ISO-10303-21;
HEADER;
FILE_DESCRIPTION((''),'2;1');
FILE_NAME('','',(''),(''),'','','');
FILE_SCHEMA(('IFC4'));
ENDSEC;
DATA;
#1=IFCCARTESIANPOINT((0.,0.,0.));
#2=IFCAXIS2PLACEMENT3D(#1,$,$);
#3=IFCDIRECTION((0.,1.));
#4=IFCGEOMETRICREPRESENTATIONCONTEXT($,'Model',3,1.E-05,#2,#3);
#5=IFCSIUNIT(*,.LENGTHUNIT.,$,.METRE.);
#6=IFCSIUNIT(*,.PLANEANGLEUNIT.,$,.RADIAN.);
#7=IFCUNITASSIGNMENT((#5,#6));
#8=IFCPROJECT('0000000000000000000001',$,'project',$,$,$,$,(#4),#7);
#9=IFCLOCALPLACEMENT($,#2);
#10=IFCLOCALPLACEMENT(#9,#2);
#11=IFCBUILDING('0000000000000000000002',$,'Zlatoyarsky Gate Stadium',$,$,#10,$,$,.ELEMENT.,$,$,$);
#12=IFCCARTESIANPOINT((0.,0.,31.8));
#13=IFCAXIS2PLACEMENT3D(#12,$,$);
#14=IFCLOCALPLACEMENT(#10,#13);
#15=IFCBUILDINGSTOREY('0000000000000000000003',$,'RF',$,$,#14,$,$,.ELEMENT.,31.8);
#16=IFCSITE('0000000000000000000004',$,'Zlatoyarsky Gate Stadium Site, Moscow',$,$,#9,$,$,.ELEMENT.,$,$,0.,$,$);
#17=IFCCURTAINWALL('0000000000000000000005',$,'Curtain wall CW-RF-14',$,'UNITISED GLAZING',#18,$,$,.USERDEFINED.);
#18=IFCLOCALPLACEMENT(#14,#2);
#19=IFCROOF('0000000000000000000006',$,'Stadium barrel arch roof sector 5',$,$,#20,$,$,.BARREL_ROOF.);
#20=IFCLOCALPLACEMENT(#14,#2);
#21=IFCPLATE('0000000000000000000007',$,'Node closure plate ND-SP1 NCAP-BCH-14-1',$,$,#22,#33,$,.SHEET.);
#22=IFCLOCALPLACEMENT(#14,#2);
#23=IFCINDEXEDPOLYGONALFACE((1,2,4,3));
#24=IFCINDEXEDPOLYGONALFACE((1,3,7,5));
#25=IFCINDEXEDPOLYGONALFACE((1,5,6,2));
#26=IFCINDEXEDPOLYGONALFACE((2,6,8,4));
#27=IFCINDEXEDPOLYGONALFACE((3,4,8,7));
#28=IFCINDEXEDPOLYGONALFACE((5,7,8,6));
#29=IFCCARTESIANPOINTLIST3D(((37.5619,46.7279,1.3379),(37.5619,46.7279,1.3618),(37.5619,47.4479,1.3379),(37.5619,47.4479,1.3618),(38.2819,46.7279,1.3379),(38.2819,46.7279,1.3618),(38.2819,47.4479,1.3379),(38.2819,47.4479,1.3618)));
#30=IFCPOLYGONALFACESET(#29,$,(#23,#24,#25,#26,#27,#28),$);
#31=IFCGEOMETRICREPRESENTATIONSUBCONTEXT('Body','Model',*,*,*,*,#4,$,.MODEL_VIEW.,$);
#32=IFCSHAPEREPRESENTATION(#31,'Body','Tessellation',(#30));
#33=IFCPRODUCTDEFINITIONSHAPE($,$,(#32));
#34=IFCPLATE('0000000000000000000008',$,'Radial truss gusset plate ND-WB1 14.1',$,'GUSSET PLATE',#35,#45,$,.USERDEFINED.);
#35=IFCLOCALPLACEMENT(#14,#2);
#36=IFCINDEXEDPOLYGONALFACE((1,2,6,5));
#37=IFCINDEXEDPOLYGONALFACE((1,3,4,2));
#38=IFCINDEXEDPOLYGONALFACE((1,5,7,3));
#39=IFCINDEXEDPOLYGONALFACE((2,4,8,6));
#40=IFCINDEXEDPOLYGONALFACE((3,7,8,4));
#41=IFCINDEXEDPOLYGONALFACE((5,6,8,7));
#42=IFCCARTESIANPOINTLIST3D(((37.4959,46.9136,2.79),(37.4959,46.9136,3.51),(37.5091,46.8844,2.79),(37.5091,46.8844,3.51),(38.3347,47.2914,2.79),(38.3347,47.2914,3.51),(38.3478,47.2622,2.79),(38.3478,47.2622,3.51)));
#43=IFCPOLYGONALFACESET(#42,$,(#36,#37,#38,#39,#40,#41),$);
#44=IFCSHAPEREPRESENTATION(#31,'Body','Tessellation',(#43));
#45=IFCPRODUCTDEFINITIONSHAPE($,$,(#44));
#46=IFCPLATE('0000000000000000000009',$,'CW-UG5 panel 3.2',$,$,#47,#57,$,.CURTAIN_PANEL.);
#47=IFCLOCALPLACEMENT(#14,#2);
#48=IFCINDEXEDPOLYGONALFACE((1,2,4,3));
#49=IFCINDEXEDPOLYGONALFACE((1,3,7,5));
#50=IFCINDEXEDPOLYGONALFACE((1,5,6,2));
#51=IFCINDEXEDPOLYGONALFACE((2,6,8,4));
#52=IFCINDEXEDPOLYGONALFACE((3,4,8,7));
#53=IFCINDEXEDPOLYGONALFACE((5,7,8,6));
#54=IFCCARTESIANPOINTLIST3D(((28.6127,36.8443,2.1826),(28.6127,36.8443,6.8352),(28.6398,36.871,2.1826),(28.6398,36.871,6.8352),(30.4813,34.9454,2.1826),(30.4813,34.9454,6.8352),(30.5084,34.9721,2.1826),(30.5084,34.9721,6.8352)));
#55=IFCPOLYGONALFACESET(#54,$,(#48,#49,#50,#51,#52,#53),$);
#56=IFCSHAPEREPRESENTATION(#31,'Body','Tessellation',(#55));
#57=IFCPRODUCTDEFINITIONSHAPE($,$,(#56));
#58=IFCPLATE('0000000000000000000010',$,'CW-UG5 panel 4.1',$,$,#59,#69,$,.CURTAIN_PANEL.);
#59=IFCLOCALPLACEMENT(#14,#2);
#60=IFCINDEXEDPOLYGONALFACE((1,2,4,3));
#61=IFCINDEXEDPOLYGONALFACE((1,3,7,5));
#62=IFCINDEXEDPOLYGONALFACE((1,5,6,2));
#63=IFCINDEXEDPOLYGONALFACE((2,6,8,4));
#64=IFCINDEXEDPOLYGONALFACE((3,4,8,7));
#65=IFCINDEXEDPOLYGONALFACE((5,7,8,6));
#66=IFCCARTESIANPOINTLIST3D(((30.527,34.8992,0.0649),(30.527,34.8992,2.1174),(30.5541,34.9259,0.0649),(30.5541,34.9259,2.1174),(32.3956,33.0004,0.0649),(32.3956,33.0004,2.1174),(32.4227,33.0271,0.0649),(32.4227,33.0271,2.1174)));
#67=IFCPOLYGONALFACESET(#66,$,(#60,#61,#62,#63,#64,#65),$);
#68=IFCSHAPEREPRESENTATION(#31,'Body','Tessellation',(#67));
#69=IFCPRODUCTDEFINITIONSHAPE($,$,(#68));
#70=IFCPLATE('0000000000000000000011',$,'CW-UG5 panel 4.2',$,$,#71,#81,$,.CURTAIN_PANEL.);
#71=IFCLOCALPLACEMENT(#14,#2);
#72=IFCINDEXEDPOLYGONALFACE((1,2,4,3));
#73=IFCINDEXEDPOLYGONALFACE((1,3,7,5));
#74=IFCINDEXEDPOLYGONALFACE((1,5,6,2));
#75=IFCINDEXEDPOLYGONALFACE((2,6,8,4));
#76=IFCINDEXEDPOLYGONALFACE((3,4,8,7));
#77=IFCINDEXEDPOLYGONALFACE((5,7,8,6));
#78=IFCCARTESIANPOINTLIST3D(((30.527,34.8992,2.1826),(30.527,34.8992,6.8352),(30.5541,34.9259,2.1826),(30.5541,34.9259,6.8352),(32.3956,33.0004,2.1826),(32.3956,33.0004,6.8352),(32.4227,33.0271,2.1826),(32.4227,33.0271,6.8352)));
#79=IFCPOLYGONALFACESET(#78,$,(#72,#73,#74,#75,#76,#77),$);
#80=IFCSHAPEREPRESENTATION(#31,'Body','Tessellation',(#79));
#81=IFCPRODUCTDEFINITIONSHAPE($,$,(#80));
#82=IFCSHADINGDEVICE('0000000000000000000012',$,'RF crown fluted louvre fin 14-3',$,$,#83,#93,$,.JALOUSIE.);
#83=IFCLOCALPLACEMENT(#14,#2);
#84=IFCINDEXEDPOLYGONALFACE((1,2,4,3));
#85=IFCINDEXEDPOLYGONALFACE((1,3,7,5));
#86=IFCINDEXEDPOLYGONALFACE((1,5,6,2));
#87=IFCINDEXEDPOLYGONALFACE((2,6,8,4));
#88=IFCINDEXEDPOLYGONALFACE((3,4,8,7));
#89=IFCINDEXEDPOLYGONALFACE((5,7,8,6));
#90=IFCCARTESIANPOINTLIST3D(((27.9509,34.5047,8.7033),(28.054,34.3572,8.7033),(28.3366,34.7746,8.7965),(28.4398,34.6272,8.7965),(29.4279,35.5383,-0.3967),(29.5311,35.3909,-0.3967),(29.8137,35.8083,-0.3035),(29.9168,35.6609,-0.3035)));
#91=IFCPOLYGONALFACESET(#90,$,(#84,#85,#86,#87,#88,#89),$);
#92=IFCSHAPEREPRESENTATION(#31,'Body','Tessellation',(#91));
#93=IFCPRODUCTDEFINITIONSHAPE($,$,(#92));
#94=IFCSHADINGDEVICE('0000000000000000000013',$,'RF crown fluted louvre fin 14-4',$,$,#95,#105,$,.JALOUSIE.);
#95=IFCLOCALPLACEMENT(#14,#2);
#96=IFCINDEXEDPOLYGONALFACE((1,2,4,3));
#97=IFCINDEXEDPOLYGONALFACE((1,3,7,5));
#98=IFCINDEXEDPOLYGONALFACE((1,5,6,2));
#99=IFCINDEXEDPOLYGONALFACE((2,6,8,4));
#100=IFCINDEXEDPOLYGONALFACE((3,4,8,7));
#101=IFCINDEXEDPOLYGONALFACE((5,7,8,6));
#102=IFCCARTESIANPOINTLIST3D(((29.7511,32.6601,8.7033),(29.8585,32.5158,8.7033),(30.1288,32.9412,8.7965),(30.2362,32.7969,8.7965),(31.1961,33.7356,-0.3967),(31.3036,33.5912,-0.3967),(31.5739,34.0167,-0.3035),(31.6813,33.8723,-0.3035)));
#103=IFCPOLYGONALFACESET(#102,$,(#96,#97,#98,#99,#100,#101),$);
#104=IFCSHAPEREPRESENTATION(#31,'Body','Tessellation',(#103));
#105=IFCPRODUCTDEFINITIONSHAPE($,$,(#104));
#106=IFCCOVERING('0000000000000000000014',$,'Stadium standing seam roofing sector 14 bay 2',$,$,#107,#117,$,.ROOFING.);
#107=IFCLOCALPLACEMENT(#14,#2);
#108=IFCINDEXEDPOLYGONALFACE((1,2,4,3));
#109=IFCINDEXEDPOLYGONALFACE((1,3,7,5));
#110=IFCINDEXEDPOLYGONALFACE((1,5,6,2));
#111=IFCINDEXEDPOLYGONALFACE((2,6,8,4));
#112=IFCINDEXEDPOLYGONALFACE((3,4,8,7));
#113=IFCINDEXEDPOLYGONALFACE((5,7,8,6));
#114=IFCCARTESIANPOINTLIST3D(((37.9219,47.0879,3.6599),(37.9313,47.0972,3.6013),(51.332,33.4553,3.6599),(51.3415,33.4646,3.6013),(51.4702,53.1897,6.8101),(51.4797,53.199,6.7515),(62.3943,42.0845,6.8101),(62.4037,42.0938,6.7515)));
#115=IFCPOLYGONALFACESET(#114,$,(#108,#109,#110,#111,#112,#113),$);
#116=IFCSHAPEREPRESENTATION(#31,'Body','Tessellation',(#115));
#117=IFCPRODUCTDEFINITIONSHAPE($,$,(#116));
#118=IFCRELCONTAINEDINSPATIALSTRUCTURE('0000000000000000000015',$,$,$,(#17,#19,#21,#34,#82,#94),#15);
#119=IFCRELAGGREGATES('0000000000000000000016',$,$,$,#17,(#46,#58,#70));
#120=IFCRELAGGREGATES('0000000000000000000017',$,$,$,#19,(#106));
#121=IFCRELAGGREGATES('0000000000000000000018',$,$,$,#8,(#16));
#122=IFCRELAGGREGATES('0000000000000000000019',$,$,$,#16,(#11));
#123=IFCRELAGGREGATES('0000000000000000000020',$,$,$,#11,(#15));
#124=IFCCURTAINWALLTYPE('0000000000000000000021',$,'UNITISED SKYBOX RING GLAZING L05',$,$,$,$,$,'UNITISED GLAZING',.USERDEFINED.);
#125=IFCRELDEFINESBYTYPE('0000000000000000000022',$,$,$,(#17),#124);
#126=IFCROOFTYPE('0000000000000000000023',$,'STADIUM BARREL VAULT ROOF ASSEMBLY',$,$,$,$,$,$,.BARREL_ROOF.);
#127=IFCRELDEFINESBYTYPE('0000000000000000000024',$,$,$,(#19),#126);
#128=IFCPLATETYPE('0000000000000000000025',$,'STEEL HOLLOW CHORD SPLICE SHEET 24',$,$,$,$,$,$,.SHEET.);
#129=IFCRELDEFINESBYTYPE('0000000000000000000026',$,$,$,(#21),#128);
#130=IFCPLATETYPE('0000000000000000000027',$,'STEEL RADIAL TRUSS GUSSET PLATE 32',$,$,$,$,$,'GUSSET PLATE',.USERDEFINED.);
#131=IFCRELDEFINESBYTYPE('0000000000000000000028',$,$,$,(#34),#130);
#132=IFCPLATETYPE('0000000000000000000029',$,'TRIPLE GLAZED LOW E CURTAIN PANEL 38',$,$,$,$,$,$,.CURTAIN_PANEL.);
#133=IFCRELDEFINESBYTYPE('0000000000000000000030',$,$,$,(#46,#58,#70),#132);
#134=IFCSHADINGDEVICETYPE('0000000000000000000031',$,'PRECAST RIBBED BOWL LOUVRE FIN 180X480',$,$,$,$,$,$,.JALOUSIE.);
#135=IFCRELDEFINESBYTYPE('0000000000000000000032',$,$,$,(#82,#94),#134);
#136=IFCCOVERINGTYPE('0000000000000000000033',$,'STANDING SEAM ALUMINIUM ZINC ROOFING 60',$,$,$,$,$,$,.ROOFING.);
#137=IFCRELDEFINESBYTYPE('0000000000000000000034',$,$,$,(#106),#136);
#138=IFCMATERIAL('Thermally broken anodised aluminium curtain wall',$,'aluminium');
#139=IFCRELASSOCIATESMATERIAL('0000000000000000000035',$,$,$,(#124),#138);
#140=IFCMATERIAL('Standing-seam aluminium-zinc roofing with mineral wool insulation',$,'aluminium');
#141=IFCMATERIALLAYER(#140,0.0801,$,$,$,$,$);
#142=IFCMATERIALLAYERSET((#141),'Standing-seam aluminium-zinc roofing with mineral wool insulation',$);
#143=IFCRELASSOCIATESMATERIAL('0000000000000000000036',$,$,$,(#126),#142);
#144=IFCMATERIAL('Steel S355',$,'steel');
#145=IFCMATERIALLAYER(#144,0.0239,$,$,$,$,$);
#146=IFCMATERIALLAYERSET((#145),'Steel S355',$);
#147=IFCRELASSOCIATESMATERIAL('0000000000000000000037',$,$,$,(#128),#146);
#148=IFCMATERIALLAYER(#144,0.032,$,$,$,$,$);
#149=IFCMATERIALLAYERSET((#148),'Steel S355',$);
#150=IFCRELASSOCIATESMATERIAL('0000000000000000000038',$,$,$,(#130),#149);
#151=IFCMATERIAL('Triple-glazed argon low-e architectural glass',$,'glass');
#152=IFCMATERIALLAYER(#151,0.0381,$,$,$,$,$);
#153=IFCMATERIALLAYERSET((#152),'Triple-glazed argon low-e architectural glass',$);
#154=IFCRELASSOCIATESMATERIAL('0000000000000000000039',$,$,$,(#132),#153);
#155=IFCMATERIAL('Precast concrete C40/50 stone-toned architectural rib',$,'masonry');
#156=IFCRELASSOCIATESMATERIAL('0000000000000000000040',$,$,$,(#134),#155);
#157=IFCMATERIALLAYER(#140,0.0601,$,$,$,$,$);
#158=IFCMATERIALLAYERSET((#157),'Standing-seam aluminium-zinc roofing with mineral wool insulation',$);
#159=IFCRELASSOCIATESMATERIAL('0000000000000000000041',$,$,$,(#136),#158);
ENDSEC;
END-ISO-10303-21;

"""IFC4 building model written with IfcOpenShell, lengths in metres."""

from ifc_helpers import new_model, si_unit, direction, frame, origin, origin_2d, place, context, subcontext, project, spatial, polyline, rectangle, outline, extrude, material, layer, layer_set, material_profile, profile_set, type_object, element, aggregate, save


model = new_model("IFC4")

# Units and contexts
model_context = context("Model", 3, precision=1e-05, world=origin(), true_north=direction((0.0, 1.0)))
body_context = subcontext(model_context, "Body", "Model", "MODEL_VIEW")
ifc_project = project(units=[si_unit("LENGTHUNIT", "METRE"), si_unit("PLANEANGLEUNIT", "RADIAN")], contexts=[model_context])

# Site, building, storey
site_placement = place(None, origin())
site = spatial("IfcSite", under=ifc_project, at=site_placement, Name="Zlatoyarsky Gate Stadium Site, Moscow", CompositionType="ELEMENT", RefElevation=0.0)
building_placement = place(site_placement, origin())
building = spatial("IfcBuilding", under=site, at=building_placement, Name="Zlatoyarsky Gate Stadium", CompositionType="ELEMENT")
storey_placement = place(building_placement, frame((0.0, 0.0, 31.8)))
storey = spatial("IfcBuildingStorey", under=building, at=storey_placement, Name="RF", CompositionType="ELEMENT", Elevation=31.8)

# Curtain wall
ifc_material_1 = material(Name="Thermally broken anodised aluminium curtain wall", Category="aluminium")
curtain_wall_type = type_object("IfcCurtainWallType", Name="UNITISED SKYBOX RING GLAZING L05", ElementType="UNITISED GLAZING", PredefinedType="USERDEFINED", material=ifc_material_1)
curtain_wall_placement = place(storey_placement, origin())
curtain_wall = element("IfcCurtainWall", 1, at=curtain_wall_placement, inside=storey, type_object=curtain_wall_type, Name="Curtain wall CW-RF-14", ObjectType="UNITISED GLAZING", PredefinedType="USERDEFINED")

# Shared definitions
ifc_material_2 = material(Name="Steel S355", Category="steel")

# Roof
ifc_material_3 = material(Name="Standing-seam aluminium-zinc roofing with mineral wool insulation", Category="aluminium")
ifc_layer_1 = layer(ifc_material_3, 0.0801)
ifc_layer_set_1 = layer_set([ifc_layer_1], Name="Standing-seam aluminium-zinc roofing with mineral wool insulation")
roof_type = type_object("IfcRoofType", Name="STADIUM BARREL VAULT ROOF ASSEMBLY", PredefinedType="BARREL_ROOF", material=ifc_layer_set_1)
roof_placement = place(storey_placement, origin())
roof = element("IfcRoof", 2, at=roof_placement, inside=storey, type_object=roof_type, Name="Stadium barrel arch roof sector 5", PredefinedType="BARREL_ROOF")

# Plates
ifc_layer_2 = layer(ifc_material_2, 0.0239)
ifc_layer_set_2 = layer_set([ifc_layer_2], Name="Steel S355")
plate_type_1 = type_object("IfcPlateType", Name="STEEL HOLLOW CHORD SPLICE SHEET 24", PredefinedType="SHEET", material=ifc_layer_set_2)
plate_1_placement = place(storey_placement, frame((37.9219, 47.0879, 1.3379), z_axis=(0.0, 0.0, 1.0), x_axis=(1.0, 0.0, 0.0)))
element("IfcPlate", 3, at=plate_1_placement, inside=storey, type_object=plate_type_1, Name="Node closure plate ND-SP1 NCAP-BCH-14-1", PredefinedType="SHEET", context=body_context, shape_type="SweptSolid", body=[
    extrude(rectangle(XDim=0.72, YDim=0.72, at=origin_2d()), origin(), (0.0, 0.0, 1.0), 0.0239),
])
ifc_layer_3 = layer(ifc_material_2, 0.032)
ifc_layer_set_3 = layer_set([ifc_layer_3], Name="Steel S355")
plate_type_2 = type_object("IfcPlateType", Name="STEEL RADIAL TRUSS GUSSET PLATE 32", ElementType="GUSSET PLATE", PredefinedType="USERDEFINED", material=ifc_layer_set_3)
plate_2_placement = place(storey_placement, frame((37.9219, 47.0879, 2.79), z_axis=(0.0, 0.0, 1.0), x_axis=(0.911796, 0.410644, 0.0)))
element("IfcPlate", 4, at=plate_2_placement, inside=storey, type_object=plate_type_2, Name="Radial truss gusset plate ND-WB1 14.1", ObjectType="GUSSET PLATE", PredefinedType="USERDEFINED", context=body_context, shape_type="SweptSolid", body=[
    extrude(rectangle(XDim=0.9199, YDim=0.032, at=origin_2d()), origin(), (0.0, 0.0, 1.0), 0.72),
])

# Plates
ifc_material_4 = material(Name="Triple-glazed argon low-e architectural glass", Category="glass")
ifc_layer_4 = layer(ifc_material_4, 0.0381)
ifc_layer_set_4 = layer_set([ifc_layer_4], Name="Triple-glazed argon low-e architectural glass")
plate_type_3 = type_object("IfcPlateType", Name="TRIPLE GLAZED LOW E CURTAIN PANEL 38", PredefinedType="CURTAIN_PANEL", material=ifc_layer_set_4)
plate_3_placement = place(storey_placement, frame((29.5605, 35.9082, 2.1826), z_axis=(0.0, 0.0, 1.0), x_axis=(0.701402, -0.712766, 0.0)))
plate_3 = element("IfcPlate", 5, at=plate_3_placement, type_object=plate_type_3, Name="CW-UG5 panel 3.2", PredefinedType="CURTAIN_PANEL", context=body_context, shape_type="SweptSolid", body=[
    extrude(rectangle(XDim=2.6641, YDim=0.0381, at=origin_2d()), origin(), (0.0, 0.0, 1.0), 4.6526),
])
plate_4_placement = place(storey_placement, frame((31.4749, 33.9631, 0.0649), z_axis=(0.0, 0.0, 1.0), x_axis=(0.701402, -0.712766, 0.0)))
plate_4 = element("IfcPlate", 6, at=plate_4_placement, type_object=plate_type_3, Name="CW-UG5 panel 4.1", PredefinedType="CURTAIN_PANEL", context=body_context, shape_type="SweptSolid", body=[
    extrude(rectangle(XDim=2.6641, YDim=0.0381, at=origin_2d()), origin(), (0.0, 0.0, 1.0), 2.0525),
])
plate_5_placement = place(storey_placement, frame((31.4749, 33.9631, 2.1826), z_axis=(0.0, 0.0, 1.0), x_axis=(0.701402, -0.712766, 0.0)))
plate_5 = element("IfcPlate", 7, at=plate_5_placement, type_object=plate_type_3, Name="CW-UG5 panel 4.2", PredefinedType="CURTAIN_PANEL", context=body_context, shape_type="SweptSolid", body=[
    extrude(rectangle(XDim=2.6641, YDim=0.0381, at=origin_2d()), origin(), (0.0, 0.0, 1.0), 4.6526),
])
aggregate(curtain_wall, [plate_3, plate_4, plate_5])

# Shading devices
ifc_material_5 = material(Name="Precast concrete C40/50 stone-toned architectural rib", Category="masonry")
ifc_material_profile_1 = material_profile(ifc_material_5, rectangle(XDim=0.1799, YDim=0.48, at=origin_2d()), Name="RIB 180X480")
ifc_profile_set_1 = profile_set([ifc_material_profile_1], Name="Precast concrete C40/50 stone-toned architectural rib")
shading_device_type = type_object("IfcShadingDeviceType", Name="PRECAST RIBBED BOWL LOUVRE FIN 180X480", PredefinedType="JALOUSIE", material=ifc_profile_set_1)
shading_device_1_placement = place(storey_placement, frame((29.6724, 35.5996, -0.3501), z_axis=(-0.159217, -0.111426, 0.980935), x_axis=(0.573371, -0.819296, 0.0)))
element("IfcShadingDevice", 8, at=shading_device_1_placement, inside=storey, type_object=shading_device_type, Name="RF crown fluted louvre fin 14-3", PredefinedType="JALOUSIE", context=body_context, shape_type="SweptSolid", body=[
    extrude(rectangle(XDim=0.1799, YDim=0.48, at=origin_2d()), origin(), (0.0, 0.0, 1.0), 9.2769),
])
shading_device_2_placement = place(storey_placement, frame((31.4387, 33.804, -0.3501), z_axis=(-0.155775, -0.115929, 0.980966), x_axis=(0.597025, -0.802223, 0.0)))
element("IfcShadingDevice", 9, at=shading_device_2_placement, inside=storey, type_object=shading_device_type, Name="RF crown fluted louvre fin 14-4", PredefinedType="JALOUSIE", context=body_context, shape_type="SweptSolid", body=[
    extrude(rectangle(XDim=0.1799, YDim=0.48, at=origin_2d()), origin(), (0.0, 0.0, 1.0), 9.2766),
])

# Covering
ifc_layer_5 = layer(ifc_material_3, 0.0601)
ifc_layer_set_5 = layer_set([ifc_layer_5], Name="Standing-seam aluminium-zinc roofing with mineral wool insulation")
covering_type = type_object("IfcCoveringType", Name="STANDING SEAM ALUMINIUM ZINC ROOFING 60", PredefinedType="ROOFING", material=ifc_layer_set_5)
covering_placement = place(storey_placement, frame((37.9219, 47.0879, 3.6599), z_axis=(-0.157163, -0.1546, 0.975397), x_axis=(0.701268, -0.712898, 0.0)))
covering = element("IfcCovering", 10, at=covering_placement, type_object=covering_type, Name="Stadium standing seam roofing sector 14 bay 2", PredefinedType="ROOFING", context=body_context, shape_type="SweptSolid", body=[
    extrude(outline(polyline([(0.0, 0.0), (19.1227, 0.0), (20.7286, 14.2892), (5.151, 14.2891), (0.0, 0.0)])), origin(), (0.0, 0.0, -1.0), 0.0601),
])
aggregate(roof, [covering])

save(model, "model.ifc")
